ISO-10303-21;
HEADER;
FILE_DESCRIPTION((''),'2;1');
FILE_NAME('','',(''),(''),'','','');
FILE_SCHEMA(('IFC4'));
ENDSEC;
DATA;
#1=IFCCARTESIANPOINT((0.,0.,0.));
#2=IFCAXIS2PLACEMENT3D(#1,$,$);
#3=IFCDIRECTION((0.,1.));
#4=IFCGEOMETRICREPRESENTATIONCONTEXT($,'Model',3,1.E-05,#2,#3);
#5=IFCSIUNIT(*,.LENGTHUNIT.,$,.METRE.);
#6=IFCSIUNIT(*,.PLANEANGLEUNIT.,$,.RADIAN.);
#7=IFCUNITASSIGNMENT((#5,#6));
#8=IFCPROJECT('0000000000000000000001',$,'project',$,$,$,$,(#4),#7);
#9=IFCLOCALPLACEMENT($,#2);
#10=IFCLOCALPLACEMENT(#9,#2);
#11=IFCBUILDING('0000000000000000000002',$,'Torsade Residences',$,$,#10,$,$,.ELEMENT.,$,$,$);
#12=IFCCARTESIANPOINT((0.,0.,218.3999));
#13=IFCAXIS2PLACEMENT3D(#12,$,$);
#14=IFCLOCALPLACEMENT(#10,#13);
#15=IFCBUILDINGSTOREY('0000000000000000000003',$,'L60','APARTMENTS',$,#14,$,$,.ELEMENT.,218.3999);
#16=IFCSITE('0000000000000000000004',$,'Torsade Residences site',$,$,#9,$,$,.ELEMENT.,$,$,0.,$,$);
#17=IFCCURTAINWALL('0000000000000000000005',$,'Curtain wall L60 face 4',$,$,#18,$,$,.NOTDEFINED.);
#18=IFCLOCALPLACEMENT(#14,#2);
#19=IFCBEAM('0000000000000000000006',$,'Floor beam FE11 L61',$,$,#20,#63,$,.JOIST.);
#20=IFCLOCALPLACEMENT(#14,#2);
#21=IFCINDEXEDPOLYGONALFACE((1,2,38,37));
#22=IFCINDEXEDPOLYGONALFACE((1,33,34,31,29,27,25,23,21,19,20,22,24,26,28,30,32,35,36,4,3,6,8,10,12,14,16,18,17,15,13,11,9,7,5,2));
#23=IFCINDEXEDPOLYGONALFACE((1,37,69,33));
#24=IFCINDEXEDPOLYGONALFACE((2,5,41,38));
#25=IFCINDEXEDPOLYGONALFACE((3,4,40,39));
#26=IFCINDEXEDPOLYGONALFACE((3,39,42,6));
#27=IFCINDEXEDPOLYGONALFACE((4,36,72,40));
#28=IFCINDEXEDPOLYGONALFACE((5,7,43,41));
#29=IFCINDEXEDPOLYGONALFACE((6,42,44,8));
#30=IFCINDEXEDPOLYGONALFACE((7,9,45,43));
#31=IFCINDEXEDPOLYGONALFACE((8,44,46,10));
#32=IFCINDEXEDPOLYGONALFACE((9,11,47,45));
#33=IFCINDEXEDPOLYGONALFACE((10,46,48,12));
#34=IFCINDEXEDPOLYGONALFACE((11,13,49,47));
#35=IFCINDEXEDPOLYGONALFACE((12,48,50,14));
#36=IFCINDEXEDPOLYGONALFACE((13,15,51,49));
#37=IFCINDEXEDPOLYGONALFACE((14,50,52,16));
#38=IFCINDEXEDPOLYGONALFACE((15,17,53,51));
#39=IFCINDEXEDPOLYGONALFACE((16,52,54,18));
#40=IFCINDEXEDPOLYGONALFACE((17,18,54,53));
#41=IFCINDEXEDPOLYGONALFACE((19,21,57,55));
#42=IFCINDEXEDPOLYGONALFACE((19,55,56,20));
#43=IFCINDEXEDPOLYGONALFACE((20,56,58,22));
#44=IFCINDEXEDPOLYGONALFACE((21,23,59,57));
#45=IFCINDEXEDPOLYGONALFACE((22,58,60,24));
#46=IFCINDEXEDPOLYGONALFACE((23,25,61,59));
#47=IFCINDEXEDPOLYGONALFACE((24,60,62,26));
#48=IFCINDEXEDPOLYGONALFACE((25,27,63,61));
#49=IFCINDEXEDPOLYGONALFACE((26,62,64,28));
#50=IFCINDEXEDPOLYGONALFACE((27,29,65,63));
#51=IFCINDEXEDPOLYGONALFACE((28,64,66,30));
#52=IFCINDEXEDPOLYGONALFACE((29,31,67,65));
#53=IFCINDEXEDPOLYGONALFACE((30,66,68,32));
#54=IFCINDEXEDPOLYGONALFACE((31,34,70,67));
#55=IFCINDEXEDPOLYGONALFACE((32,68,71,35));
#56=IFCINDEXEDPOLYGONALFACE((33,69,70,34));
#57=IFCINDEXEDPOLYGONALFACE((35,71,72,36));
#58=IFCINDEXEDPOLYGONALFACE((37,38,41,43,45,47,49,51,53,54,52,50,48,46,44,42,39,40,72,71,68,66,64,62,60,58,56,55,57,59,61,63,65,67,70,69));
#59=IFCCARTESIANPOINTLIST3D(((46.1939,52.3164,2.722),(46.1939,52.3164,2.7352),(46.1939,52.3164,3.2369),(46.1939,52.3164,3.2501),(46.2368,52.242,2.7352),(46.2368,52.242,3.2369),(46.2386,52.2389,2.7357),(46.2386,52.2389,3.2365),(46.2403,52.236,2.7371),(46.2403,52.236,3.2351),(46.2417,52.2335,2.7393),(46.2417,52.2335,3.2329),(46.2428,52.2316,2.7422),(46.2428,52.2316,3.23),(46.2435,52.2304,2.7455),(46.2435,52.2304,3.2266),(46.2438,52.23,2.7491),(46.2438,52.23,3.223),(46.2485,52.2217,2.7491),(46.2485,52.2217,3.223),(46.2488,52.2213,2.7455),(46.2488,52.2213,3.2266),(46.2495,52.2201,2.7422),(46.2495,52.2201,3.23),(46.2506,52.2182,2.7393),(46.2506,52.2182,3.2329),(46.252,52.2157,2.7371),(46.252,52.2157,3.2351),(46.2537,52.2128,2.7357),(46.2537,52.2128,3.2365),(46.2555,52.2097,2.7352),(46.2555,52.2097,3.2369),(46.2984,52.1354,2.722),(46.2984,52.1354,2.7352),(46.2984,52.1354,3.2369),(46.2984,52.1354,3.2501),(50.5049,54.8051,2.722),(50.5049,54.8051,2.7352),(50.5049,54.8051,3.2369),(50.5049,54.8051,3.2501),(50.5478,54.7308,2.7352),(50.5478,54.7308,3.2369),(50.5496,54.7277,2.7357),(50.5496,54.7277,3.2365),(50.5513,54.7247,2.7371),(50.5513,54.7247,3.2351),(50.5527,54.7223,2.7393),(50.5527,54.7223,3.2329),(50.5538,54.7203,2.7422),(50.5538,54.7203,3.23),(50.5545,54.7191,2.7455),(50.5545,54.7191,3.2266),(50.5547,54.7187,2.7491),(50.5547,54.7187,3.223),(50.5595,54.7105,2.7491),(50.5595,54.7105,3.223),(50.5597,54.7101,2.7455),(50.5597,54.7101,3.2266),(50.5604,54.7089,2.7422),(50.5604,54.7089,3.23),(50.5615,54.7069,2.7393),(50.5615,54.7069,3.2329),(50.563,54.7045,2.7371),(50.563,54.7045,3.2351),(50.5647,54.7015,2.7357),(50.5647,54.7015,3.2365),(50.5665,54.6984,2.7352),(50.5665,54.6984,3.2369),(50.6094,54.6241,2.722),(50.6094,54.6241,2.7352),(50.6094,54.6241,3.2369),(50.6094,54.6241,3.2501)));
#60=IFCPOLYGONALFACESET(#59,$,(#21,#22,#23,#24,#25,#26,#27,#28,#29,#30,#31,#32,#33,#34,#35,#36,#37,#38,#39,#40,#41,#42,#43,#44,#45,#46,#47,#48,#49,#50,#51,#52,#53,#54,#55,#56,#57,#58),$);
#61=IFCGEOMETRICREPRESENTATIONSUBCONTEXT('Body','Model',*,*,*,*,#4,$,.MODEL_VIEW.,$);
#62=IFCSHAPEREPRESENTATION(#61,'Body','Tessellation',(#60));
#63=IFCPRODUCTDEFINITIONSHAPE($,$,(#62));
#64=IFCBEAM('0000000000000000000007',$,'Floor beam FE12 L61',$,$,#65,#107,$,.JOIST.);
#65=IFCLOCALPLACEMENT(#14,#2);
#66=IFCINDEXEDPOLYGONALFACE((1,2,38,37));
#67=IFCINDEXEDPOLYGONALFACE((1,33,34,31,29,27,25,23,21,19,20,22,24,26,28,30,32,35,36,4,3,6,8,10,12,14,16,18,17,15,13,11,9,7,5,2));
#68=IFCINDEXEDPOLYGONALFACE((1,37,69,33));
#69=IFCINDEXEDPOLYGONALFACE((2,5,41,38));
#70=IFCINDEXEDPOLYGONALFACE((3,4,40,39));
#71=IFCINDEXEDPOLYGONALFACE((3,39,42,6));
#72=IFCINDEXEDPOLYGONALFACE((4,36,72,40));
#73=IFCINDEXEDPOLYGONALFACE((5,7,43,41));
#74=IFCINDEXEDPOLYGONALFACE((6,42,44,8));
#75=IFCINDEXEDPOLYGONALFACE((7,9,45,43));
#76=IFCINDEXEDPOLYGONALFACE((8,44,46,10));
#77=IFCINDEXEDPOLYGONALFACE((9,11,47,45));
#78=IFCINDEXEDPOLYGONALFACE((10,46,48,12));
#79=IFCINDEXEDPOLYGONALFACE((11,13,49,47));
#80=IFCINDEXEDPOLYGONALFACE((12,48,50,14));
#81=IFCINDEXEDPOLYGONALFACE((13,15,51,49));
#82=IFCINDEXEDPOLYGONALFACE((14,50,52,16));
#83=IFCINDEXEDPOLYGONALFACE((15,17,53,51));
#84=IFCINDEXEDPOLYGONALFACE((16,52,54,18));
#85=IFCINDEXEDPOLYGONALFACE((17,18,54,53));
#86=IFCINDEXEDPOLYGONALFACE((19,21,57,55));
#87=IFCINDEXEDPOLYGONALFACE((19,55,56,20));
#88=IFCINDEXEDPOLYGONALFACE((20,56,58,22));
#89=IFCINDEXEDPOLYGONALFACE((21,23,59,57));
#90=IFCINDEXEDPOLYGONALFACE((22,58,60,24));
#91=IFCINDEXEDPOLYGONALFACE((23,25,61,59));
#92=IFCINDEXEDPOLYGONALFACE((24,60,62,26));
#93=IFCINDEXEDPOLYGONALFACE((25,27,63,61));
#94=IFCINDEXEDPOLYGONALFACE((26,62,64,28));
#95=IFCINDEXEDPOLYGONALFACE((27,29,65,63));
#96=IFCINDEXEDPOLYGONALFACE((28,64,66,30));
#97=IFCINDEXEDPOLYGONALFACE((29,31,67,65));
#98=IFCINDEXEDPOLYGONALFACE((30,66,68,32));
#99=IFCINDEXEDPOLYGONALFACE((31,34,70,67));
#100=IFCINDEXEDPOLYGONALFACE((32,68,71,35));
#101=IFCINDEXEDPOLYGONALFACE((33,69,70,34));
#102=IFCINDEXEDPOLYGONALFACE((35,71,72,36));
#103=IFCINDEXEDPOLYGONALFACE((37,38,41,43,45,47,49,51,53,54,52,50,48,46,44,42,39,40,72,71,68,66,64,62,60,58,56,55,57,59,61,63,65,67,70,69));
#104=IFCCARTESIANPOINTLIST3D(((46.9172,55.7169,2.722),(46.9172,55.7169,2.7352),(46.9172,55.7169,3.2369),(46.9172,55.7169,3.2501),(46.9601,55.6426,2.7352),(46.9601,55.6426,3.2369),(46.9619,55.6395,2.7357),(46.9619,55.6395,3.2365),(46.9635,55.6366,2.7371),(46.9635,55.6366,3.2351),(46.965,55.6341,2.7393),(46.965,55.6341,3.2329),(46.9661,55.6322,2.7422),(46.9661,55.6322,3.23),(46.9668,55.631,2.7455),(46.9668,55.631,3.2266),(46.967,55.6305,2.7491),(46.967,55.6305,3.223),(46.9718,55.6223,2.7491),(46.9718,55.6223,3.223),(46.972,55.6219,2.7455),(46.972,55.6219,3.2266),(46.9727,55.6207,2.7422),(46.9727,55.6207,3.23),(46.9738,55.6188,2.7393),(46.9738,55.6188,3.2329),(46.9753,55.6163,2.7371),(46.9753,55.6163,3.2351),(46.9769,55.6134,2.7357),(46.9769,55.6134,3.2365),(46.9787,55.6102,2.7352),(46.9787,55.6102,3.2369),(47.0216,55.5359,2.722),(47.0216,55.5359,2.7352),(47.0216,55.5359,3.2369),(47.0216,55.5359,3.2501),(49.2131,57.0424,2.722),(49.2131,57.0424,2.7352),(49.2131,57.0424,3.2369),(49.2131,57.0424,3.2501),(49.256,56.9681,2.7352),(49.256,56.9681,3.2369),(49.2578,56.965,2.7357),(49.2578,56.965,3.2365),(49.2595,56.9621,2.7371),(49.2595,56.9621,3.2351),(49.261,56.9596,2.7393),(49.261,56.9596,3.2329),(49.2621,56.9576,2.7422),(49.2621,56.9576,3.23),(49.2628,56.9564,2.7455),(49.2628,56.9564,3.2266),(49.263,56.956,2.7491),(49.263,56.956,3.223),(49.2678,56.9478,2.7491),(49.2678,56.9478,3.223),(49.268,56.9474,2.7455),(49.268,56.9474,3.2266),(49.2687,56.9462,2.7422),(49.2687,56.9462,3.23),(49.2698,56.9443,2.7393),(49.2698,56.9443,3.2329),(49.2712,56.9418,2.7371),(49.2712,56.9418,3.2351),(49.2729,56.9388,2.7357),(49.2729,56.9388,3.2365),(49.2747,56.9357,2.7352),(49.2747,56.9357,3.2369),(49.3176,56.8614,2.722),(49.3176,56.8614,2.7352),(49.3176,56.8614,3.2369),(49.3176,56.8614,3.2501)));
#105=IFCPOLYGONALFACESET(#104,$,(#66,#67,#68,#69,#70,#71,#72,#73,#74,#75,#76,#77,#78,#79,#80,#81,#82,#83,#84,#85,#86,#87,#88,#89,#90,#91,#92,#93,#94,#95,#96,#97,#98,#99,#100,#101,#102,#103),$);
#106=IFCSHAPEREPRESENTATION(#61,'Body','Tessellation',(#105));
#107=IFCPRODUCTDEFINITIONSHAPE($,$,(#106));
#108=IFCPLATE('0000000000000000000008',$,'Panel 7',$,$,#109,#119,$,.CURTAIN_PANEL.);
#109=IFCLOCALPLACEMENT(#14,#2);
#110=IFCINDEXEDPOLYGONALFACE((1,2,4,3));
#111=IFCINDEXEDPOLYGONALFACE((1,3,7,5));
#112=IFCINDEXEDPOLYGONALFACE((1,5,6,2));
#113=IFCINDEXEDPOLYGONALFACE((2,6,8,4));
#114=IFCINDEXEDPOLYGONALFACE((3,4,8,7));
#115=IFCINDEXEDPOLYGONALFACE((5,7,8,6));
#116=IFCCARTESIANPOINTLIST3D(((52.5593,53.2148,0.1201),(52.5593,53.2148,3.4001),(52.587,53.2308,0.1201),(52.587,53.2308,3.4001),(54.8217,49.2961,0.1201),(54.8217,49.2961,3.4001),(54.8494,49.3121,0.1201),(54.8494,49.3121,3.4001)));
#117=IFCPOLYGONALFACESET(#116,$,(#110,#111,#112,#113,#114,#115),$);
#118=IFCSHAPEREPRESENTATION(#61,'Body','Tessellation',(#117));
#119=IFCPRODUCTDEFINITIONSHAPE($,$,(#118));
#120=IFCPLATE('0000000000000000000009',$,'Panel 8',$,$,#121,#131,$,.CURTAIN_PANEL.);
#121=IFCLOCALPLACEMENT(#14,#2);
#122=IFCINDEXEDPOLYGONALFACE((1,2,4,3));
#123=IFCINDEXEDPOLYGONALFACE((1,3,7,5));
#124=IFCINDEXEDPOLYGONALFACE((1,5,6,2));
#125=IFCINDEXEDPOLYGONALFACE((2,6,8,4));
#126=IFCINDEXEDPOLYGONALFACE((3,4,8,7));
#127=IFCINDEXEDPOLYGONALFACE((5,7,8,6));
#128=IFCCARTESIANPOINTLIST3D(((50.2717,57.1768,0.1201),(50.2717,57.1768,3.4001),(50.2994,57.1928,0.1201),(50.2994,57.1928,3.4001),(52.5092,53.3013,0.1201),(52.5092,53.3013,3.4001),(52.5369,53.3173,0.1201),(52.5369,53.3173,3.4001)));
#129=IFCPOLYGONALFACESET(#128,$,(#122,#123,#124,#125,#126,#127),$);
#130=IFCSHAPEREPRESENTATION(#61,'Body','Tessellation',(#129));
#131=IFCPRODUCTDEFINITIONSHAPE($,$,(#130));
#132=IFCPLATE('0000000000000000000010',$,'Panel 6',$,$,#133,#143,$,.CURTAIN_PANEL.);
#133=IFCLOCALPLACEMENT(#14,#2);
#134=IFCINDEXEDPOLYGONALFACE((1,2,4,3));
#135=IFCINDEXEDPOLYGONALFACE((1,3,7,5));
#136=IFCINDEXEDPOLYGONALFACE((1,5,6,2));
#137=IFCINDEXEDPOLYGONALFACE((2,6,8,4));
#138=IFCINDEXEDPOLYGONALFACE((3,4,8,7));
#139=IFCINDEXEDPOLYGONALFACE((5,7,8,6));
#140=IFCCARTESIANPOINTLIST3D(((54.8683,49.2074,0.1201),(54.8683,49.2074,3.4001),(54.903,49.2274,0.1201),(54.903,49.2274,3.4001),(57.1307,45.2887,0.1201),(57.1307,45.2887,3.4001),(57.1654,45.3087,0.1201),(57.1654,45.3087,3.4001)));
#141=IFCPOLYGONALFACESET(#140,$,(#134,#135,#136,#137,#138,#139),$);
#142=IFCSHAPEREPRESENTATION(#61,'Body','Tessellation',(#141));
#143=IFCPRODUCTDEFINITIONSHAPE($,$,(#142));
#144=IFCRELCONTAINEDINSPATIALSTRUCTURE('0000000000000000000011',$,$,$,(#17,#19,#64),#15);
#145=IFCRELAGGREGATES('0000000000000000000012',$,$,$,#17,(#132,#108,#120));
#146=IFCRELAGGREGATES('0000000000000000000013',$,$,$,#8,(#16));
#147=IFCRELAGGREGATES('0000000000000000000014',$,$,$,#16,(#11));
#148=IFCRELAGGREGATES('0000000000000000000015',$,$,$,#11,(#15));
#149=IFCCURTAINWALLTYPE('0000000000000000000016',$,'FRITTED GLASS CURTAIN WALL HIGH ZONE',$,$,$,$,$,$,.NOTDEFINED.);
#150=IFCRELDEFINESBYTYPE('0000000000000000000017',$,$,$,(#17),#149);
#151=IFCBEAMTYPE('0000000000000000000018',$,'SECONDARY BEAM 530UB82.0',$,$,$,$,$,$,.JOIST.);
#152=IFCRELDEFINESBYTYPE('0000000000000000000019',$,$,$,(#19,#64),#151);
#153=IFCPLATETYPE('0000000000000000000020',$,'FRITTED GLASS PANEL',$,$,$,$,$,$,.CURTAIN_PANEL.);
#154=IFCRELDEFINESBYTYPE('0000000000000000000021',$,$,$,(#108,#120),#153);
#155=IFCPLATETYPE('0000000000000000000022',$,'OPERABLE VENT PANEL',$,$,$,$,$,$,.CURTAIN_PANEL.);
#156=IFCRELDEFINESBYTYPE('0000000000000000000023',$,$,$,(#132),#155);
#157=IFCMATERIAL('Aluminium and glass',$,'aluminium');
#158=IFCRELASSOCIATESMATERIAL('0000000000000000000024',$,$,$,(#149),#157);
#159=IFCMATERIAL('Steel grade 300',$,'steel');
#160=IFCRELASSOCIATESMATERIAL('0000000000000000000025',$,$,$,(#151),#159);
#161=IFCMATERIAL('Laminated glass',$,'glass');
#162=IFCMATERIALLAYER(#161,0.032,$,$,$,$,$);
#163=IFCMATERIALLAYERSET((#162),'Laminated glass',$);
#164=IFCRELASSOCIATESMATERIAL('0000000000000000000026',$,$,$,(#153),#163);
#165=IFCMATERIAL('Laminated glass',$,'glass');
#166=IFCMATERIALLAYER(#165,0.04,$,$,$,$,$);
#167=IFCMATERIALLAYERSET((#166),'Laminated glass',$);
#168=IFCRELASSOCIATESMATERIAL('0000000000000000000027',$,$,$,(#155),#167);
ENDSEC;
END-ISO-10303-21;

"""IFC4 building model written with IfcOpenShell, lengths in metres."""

from ifc_helpers import new_model, si_unit, direction, frame, origin, origin_2d, place, context, subcontext, project, spatial, rectangle, i_section, extrude, material, layer, layer_set, material_profile, profile_set, type_object, element, aggregate, save


model = new_model("IFC4")

# Units and contexts
model_context = context("Model", 3, precision=1e-05, world=origin(), true_north=direction((0.0, 1.0)))
body_context = subcontext(model_context, "Body", "Model", "MODEL_VIEW")
ifc_project = project(units=[si_unit("LENGTHUNIT", "METRE"), si_unit("PLANEANGLEUNIT", "RADIAN")], contexts=[model_context])

# Site, building, storey
site_placement = place(None, origin())
site = spatial("IfcSite", under=ifc_project, at=site_placement, Name="Torsade Residences site", CompositionType="ELEMENT", RefElevation=0.0)
building_placement = place(site_placement, origin())
building = spatial("IfcBuilding", under=site, at=building_placement, Name="Torsade Residences", CompositionType="ELEMENT")
storey_placement = place(building_placement, frame((0.0, 0.0, 218.3999)))
storey = spatial("IfcBuildingStorey", under=building, at=storey_placement, Name="L60", Description="APARTMENTS", CompositionType="ELEMENT", Elevation=218.3999)

# Curtain wall
ifc_material_1 = material(Name="Aluminium and glass", Category="aluminium")
curtain_wall_type = type_object("IfcCurtainWallType", Name="FRITTED GLASS CURTAIN WALL HIGH ZONE", PredefinedType="NOTDEFINED", material=ifc_material_1)
curtain_wall_placement = place(storey_placement, origin())
curtain_wall = element("IfcCurtainWall", 1, at=curtain_wall_placement, inside=storey, type_object=curtain_wall_type, Name="Curtain wall L60 face 4", PredefinedType="NOTDEFINED")

# Beams
ifc_material_2 = material(Name="Steel grade 300", Category="steel")
ifc_material_profile_1 = material_profile(ifc_material_2, i_section(OverallWidth=0.209, OverallDepth=0.5281, WebThickness=0.0095, FlangeThickness=0.0132, FilletRadius=0.0139, at=origin_2d()), Name="530UB82.0")
ifc_profile_set_1 = profile_set([ifc_material_profile_1], Name="Steel grade 300")
beam_type_1 = type_object("IfcBeamType", Name="SECONDARY BEAM 530UB82.0", PredefinedType="JOIST", material=ifc_profile_set_1)
beam_1_placement = place(storey_placement, frame((50.5571, 54.7146, 2.9861), z_axis=(-0.866043, -0.499969, 0.0), x_axis=(0.499969, -0.866043, 0.0)))
element("IfcBeam", 2, at=beam_1_placement, inside=storey, type_object=beam_type_1, Name="Floor beam FE11 L61", PredefinedType="JOIST", context=body_context, shape_type="SweptSolid", body=[
    extrude(i_section(OverallWidth=0.209, OverallDepth=0.5281, WebThickness=0.0095, FlangeThickness=0.0132, FilletRadius=0.0139, at=origin_2d()), origin(), (0.0, 0.0, 1.0), 4.9778),
])
beam_2_placement = place(storey_placement, frame((49.2654, 56.9519, 2.9861), z_axis=(-0.866041, -0.499972, 0.0), x_axis=(0.499972, -0.866041, 0.0)))
element("IfcBeam", 3, at=beam_2_placement, inside=storey, type_object=beam_type_1, Name="Floor beam FE12 L61", PredefinedType="JOIST", context=body_context, shape_type="SweptSolid", body=[
    extrude(i_section(OverallWidth=0.209, OverallDepth=0.5281, WebThickness=0.0095, FlangeThickness=0.0132, FilletRadius=0.0139, at=origin_2d()), origin(), (0.0, 0.0, 1.0), 2.6511),
])

# Plates
ifc_material_3 = material(Name="Laminated glass", Category="glass")
ifc_layer_1 = layer(ifc_material_3, 0.032)
ifc_layer_set_1 = layer_set([ifc_layer_1], Name="Laminated glass")
plate_type_1 = type_object("IfcPlateType", Name="FRITTED GLASS PANEL", PredefinedType="CURTAIN_PANEL", material=ifc_layer_set_1)
plate_1_placement = place(storey_placement, frame((53.7043, 51.2634, 0.1201), z_axis=(0.0, 0.0, 1.0), x_axis=(-0.5, 0.866025, 0.0)))
plate_1 = element("IfcPlate", 4, at=plate_1_placement, type_object=plate_type_1, Name="Panel 7", PredefinedType="CURTAIN_PANEL", context=body_context, shape_type="SweptSolid", body=[
    extrude(rectangle(XDim=4.5249, YDim=0.032, at=origin_2d()), origin(), (0.0, 0.0, 1.0), 3.28),
])
plate_2_placement = place(storey_placement, frame((51.4043, 55.2471, 0.1201), z_axis=(0.0, 0.0, 1.0), x_axis=(-0.5, 0.866025, 0.0)))
plate_2 = element("IfcPlate", 5, at=plate_2_placement, type_object=plate_type_1, Name="Panel 8", PredefinedType="CURTAIN_PANEL", context=body_context, shape_type="SweptSolid", body=[
    extrude(rectangle(XDim=4.4751, YDim=0.032, at=origin_2d()), origin(), (0.0, 0.0, 1.0), 3.28),
])
ifc_material_4 = material(Name="Laminated glass", Category="glass")
ifc_layer_2 = layer(ifc_material_4, 0.04)
ifc_layer_set_2 = layer_set([ifc_layer_2], Name="Laminated glass")
plate_type_2 = type_object("IfcPlateType", Name="OPERABLE VENT PANEL", PredefinedType="CURTAIN_PANEL", material=ifc_layer_set_2)
plate_3_placement = place(storey_placement, frame((56.0168, 47.2581, 0.1201), z_axis=(0.0, 0.0, 1.0), x_axis=(-0.5, 0.866025, 0.0)))
plate_3 = element("IfcPlate", 6, at=plate_3_placement, type_object=plate_type_2, Name="Panel 6", PredefinedType="CURTAIN_PANEL", context=body_context, shape_type="SweptSolid", body=[
    extrude(rectangle(XDim=4.5249, YDim=0.04, at=origin_2d()), origin(), (0.0, 0.0, 1.0), 3.28),
])
aggregate(curtain_wall, [plate_3, plate_1, plate_2])

save(model, "model.ifc")
